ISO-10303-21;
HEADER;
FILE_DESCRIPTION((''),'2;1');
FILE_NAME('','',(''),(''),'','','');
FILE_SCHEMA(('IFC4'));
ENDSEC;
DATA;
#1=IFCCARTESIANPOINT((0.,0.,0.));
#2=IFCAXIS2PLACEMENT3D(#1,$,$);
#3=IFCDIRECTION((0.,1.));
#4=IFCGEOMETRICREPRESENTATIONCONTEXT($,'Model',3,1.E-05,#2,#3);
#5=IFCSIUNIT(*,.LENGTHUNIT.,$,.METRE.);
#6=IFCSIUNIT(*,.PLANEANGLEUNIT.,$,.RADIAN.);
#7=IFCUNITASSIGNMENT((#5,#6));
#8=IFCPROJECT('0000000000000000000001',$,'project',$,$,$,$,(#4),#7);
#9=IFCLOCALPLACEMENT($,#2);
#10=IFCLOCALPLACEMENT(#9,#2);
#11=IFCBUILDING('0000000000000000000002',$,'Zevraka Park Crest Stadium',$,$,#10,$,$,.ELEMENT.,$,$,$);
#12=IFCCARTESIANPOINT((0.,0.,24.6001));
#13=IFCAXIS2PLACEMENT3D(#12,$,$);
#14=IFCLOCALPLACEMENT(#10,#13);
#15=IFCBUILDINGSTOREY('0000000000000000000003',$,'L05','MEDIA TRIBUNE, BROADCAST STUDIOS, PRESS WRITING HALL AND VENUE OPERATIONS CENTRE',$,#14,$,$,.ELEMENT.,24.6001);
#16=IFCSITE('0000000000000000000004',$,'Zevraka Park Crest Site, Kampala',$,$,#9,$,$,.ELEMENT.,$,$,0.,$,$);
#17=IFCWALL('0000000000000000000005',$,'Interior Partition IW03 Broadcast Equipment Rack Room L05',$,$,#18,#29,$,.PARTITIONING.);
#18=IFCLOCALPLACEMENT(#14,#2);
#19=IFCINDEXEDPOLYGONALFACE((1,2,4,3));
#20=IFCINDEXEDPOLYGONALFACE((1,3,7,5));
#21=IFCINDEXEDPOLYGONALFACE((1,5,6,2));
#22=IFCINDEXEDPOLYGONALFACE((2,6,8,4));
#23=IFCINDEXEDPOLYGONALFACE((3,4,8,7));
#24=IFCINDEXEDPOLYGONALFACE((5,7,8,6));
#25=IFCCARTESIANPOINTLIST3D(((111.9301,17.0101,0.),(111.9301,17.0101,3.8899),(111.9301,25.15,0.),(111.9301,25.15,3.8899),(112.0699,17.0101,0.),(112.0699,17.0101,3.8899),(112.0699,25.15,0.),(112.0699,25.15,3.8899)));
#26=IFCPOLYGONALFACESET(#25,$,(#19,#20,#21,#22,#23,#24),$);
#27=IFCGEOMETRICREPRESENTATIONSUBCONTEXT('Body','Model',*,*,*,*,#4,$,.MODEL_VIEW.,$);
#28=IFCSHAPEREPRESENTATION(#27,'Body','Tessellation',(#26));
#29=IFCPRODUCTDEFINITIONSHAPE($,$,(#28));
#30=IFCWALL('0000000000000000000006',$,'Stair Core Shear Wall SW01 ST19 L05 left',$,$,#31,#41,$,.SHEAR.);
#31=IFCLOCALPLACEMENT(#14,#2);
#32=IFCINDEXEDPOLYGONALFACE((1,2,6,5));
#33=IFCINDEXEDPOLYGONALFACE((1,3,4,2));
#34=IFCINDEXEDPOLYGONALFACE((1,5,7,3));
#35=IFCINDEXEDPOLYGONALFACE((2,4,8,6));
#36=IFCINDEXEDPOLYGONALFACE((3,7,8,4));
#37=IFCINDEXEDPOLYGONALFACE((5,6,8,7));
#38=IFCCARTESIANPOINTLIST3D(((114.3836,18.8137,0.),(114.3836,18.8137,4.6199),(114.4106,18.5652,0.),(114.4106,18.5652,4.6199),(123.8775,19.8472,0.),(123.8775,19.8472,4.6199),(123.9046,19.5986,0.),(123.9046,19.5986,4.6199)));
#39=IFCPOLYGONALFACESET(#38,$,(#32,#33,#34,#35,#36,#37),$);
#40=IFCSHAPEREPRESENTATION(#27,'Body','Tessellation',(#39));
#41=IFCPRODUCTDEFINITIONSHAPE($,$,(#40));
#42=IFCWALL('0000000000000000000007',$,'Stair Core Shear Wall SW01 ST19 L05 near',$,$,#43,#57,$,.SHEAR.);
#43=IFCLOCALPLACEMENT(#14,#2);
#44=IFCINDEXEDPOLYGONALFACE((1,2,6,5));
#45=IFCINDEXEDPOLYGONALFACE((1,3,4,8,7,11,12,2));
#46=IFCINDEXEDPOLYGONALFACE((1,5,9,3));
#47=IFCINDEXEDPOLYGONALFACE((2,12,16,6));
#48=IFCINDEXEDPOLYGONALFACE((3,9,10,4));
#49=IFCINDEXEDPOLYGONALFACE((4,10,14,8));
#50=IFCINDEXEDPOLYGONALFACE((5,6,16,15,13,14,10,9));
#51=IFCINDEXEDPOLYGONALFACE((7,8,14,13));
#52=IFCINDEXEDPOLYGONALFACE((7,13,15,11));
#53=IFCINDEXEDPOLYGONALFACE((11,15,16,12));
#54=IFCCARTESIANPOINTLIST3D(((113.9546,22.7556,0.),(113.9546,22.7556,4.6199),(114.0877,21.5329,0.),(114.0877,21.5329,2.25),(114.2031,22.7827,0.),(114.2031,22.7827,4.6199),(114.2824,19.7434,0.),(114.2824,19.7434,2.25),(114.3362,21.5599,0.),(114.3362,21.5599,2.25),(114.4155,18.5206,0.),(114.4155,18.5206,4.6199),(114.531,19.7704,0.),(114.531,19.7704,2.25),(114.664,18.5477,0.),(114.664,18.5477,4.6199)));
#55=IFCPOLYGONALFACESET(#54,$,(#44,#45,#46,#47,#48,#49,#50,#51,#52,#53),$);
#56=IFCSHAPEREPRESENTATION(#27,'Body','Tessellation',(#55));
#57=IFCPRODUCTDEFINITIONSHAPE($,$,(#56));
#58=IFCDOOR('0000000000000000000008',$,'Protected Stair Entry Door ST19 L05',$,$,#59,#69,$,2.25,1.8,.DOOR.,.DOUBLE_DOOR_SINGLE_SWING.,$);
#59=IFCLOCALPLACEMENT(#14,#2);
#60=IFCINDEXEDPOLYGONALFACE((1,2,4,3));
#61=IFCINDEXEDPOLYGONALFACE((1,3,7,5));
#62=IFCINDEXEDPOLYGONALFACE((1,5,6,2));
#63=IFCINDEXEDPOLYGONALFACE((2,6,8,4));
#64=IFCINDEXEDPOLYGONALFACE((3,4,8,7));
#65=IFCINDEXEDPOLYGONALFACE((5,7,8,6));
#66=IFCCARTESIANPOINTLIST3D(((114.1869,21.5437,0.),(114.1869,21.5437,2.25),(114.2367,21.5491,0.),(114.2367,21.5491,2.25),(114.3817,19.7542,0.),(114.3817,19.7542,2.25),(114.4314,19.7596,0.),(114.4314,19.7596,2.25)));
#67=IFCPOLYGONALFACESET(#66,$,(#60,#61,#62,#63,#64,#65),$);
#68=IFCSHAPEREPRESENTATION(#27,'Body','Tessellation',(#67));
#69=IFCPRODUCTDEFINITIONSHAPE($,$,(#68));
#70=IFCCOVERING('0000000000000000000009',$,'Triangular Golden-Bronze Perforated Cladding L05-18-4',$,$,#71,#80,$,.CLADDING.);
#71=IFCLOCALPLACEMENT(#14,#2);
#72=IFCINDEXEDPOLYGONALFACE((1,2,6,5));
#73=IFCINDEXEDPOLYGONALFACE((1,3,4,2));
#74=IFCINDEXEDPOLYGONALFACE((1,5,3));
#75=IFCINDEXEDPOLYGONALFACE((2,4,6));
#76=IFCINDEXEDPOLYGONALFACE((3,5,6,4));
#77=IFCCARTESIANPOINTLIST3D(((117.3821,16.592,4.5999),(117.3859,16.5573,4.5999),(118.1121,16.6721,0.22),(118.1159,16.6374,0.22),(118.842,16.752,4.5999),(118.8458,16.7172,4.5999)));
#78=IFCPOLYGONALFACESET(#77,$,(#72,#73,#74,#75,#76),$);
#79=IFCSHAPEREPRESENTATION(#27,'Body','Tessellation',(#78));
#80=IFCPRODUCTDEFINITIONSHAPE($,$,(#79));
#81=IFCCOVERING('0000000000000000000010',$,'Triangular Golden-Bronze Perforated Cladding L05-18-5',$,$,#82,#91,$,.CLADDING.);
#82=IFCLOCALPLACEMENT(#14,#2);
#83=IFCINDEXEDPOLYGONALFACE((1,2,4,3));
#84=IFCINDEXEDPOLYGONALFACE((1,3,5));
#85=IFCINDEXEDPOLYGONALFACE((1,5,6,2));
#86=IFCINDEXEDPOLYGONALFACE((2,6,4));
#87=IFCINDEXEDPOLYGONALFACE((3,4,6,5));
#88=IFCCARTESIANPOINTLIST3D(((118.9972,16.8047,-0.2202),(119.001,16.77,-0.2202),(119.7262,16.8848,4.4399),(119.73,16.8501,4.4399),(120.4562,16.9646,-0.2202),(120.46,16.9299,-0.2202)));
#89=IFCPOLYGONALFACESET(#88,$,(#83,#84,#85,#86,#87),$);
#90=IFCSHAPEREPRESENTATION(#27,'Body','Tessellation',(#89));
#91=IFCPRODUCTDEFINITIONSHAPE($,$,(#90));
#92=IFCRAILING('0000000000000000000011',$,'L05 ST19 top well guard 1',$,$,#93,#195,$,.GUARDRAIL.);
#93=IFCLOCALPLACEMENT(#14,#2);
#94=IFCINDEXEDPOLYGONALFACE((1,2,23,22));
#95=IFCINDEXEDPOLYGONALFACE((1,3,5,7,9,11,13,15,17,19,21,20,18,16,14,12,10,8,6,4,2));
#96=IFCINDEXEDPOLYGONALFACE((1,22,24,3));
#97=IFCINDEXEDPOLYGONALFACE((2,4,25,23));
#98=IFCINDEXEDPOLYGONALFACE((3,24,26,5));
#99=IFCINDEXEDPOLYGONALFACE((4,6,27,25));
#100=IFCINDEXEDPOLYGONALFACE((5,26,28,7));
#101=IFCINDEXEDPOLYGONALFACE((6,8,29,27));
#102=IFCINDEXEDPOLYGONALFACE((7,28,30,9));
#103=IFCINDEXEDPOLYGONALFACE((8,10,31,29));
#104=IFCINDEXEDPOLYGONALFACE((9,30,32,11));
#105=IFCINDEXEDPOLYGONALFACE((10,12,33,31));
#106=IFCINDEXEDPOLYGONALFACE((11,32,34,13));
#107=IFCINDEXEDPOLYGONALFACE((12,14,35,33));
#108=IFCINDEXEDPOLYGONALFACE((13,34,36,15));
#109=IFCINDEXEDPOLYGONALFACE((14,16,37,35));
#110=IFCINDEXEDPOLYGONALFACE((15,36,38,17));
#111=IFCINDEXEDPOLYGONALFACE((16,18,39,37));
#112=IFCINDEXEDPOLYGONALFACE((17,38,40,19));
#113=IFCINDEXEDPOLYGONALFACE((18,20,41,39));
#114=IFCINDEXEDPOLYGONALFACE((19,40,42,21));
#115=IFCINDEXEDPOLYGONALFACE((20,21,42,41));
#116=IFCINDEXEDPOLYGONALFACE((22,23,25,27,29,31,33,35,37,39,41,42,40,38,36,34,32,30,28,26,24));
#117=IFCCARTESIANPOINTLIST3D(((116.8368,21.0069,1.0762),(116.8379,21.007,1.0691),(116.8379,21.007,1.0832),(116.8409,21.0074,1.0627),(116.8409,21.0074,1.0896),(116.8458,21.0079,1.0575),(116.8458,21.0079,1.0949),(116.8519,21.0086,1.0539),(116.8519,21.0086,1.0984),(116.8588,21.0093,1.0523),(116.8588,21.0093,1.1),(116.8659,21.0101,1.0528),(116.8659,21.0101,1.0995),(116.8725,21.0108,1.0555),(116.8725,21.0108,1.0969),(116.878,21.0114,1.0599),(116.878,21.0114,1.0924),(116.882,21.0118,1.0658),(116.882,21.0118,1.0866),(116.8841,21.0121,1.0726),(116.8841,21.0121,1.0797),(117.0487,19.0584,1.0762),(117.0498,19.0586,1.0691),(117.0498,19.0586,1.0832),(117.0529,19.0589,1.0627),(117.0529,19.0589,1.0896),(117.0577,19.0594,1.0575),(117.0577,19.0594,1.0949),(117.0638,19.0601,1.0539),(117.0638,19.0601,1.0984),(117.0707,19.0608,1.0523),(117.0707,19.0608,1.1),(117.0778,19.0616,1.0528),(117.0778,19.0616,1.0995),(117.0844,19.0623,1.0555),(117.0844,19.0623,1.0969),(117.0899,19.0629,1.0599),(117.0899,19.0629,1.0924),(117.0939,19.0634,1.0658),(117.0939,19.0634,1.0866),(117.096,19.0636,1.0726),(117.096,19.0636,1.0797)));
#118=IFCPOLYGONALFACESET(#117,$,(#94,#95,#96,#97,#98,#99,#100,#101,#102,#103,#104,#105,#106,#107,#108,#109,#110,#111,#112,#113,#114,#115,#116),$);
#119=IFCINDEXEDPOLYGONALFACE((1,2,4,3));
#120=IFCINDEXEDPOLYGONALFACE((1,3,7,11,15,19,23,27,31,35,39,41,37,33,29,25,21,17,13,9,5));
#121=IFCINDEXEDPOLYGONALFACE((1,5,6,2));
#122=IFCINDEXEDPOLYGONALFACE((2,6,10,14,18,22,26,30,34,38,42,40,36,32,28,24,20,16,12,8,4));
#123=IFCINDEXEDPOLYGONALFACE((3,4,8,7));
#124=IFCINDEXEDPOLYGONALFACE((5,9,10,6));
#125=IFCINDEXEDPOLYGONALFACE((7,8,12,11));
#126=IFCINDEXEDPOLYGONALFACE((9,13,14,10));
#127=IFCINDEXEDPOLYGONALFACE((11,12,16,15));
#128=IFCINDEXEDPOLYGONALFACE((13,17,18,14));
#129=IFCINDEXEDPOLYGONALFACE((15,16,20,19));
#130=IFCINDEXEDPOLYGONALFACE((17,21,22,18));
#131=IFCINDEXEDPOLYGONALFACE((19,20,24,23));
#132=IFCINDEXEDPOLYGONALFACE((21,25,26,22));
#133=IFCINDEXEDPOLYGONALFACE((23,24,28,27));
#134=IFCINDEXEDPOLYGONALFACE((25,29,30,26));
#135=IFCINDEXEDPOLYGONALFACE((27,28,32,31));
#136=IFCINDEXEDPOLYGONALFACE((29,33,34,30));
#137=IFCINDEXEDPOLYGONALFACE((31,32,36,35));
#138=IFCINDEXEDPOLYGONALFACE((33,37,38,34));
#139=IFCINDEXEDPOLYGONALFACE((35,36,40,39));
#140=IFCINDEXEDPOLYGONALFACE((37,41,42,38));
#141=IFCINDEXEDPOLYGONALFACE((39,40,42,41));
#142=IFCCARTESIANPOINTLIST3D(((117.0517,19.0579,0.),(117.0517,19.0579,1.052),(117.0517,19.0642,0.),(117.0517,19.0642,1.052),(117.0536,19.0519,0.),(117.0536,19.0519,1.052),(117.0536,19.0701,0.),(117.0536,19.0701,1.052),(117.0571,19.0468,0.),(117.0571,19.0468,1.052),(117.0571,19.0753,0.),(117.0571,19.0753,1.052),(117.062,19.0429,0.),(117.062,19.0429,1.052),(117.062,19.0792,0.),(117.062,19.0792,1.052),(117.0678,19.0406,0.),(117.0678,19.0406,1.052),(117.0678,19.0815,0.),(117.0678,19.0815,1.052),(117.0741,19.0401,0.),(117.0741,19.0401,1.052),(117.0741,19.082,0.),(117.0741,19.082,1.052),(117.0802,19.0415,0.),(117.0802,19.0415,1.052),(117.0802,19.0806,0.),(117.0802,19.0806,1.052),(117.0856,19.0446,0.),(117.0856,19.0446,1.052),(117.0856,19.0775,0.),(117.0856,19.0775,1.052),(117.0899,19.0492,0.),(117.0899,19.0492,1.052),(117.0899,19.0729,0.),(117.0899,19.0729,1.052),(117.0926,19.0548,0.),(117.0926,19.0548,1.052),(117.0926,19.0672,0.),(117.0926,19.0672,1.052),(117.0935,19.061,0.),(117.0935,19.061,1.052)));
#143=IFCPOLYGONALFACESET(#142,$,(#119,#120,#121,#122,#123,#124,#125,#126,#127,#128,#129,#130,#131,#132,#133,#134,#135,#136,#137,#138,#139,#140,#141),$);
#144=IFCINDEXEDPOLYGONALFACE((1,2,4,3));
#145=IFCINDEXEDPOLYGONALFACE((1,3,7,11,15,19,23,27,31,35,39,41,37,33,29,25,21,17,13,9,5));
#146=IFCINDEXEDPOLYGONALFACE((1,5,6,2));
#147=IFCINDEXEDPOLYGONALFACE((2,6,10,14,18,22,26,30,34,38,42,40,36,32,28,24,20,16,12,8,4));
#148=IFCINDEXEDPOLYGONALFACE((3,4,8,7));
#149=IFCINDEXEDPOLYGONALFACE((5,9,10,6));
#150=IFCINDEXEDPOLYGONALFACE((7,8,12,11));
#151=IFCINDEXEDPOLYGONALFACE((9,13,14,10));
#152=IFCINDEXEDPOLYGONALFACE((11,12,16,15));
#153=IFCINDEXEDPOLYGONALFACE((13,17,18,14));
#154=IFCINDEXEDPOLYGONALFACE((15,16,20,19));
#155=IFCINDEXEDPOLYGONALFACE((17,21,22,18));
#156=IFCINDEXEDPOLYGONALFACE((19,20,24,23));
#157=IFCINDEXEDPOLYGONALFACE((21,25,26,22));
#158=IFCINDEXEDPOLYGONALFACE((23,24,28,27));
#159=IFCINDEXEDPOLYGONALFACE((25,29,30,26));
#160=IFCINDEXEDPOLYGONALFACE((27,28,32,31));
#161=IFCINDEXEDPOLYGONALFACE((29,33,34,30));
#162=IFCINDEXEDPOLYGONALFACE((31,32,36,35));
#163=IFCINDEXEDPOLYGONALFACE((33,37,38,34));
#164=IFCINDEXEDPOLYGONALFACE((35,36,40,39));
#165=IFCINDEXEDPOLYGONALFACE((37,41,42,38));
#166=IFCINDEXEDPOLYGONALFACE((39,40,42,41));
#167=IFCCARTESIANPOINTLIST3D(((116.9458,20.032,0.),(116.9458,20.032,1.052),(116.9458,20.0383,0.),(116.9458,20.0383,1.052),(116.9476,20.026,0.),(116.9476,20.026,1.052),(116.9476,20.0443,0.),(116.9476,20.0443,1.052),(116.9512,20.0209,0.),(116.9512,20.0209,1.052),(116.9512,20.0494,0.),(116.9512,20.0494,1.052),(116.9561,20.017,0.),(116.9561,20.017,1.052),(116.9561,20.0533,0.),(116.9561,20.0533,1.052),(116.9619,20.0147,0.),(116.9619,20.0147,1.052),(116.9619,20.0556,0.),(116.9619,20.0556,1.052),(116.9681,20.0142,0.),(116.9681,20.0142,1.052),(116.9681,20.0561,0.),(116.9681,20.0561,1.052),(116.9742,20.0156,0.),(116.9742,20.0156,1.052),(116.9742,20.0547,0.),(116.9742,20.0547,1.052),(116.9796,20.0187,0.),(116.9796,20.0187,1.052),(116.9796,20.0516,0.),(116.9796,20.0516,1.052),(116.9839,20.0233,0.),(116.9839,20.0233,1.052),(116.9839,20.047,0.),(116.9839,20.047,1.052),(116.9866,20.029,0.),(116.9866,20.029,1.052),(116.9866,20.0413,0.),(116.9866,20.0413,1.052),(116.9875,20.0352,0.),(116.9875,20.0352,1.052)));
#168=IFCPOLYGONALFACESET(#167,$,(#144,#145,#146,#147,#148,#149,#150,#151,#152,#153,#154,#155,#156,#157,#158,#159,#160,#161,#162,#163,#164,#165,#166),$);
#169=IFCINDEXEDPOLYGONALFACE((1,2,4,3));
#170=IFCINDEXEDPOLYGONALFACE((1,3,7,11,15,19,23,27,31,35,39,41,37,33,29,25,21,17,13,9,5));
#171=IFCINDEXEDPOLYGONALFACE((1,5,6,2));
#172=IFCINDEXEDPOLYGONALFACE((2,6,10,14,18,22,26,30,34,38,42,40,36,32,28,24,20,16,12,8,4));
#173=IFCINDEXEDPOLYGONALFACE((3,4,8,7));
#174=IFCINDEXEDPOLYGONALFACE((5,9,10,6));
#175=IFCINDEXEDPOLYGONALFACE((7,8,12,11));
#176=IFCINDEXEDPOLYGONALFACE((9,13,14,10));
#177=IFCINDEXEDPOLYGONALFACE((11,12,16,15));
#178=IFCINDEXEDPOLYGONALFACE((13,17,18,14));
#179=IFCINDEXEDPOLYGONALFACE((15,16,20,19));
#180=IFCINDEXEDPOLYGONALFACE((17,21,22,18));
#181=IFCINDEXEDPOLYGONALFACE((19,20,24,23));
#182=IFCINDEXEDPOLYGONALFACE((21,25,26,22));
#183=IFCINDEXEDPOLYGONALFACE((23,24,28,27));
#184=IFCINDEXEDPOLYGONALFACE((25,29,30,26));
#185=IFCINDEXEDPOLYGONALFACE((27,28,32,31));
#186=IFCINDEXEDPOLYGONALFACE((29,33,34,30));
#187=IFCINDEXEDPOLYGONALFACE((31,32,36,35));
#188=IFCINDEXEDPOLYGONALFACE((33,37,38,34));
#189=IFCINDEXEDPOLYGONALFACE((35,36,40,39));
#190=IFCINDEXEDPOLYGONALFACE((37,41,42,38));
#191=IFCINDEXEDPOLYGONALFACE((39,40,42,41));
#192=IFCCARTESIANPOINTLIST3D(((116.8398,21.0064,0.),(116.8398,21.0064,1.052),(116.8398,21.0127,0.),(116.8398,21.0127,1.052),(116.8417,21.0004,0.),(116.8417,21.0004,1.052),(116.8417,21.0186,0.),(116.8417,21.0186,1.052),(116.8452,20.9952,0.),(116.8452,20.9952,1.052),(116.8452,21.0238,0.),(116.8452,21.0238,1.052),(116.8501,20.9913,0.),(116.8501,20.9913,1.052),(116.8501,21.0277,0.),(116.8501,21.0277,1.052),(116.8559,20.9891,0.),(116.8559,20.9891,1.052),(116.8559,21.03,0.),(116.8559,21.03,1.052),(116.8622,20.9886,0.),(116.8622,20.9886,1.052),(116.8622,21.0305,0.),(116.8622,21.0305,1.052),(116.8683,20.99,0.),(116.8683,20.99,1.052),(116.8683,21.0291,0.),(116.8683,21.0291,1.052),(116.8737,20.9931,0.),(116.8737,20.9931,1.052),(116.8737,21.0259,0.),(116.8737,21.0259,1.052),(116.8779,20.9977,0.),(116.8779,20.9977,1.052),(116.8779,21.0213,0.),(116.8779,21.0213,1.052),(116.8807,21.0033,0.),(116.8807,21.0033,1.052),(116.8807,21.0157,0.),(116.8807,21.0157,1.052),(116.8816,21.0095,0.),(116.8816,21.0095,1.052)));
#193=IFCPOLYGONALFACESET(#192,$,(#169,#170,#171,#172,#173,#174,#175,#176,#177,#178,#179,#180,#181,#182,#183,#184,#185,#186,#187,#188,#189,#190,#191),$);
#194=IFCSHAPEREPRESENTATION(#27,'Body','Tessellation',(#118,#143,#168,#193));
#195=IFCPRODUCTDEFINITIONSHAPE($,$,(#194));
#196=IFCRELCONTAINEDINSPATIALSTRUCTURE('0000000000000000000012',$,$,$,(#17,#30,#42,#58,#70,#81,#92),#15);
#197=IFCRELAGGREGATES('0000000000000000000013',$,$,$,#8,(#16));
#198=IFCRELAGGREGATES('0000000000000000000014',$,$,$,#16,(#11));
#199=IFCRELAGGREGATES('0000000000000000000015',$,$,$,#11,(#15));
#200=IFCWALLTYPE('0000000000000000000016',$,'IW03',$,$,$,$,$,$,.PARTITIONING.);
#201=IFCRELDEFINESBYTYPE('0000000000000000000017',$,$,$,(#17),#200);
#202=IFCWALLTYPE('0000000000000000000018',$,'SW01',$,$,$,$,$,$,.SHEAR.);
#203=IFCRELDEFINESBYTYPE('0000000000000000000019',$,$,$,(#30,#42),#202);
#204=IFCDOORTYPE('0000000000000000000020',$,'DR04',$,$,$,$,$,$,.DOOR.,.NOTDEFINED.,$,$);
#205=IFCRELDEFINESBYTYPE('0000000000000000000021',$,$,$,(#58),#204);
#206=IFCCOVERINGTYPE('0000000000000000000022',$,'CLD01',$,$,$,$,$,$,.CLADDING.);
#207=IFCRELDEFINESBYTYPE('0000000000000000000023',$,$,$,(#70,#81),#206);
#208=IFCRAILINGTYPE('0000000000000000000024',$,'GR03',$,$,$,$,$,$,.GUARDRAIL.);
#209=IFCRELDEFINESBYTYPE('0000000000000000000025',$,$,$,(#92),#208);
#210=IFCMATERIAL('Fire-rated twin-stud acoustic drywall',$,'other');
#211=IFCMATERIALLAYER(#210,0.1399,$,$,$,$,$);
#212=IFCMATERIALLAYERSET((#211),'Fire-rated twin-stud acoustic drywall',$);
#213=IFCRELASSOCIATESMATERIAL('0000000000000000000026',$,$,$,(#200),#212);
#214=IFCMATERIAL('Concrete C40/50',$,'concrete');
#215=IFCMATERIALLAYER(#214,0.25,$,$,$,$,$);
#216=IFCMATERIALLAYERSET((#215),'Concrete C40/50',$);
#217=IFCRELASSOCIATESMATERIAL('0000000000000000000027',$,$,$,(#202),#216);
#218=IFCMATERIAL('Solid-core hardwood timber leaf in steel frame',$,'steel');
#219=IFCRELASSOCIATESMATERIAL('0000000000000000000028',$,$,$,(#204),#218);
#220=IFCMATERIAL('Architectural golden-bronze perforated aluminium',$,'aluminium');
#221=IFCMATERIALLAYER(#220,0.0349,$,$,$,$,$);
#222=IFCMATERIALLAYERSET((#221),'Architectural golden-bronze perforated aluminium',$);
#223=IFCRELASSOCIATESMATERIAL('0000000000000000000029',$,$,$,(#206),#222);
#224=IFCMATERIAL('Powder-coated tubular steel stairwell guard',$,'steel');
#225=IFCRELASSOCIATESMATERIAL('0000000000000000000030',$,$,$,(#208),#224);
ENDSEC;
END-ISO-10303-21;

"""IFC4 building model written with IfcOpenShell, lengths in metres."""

from ifc_helpers import new_model, si_unit, direction, frame, frame_2d, origin, origin_2d, place, context, subcontext, project, spatial, polyline, rectangle, circle, outline, extrude, material, layer, layer_set, type_object, element, fill, save


model = new_model("IFC4")

# Units and contexts
model_context = context("Model", 3, precision=1e-05, world=origin(), true_north=direction((0.0, 1.0)))
body_context = subcontext(model_context, "Body", "Model", "MODEL_VIEW")
ifc_project = project(units=[si_unit("LENGTHUNIT", "METRE"), si_unit("PLANEANGLEUNIT", "RADIAN")], contexts=[model_context])

# Site, building, storey
site_placement = place(None, origin())
site = spatial("IfcSite", under=ifc_project, at=site_placement, Name="Zevraka Park Crest Site, Kampala", CompositionType="ELEMENT", RefElevation=0.0)
building_placement = place(site_placement, origin())
building = spatial("IfcBuilding", under=site, at=building_placement, Name="Zevraka Park Crest Stadium", CompositionType="ELEMENT")
storey_placement = place(building_placement, frame((0.0, 0.0, 24.6001)))
storey = spatial("IfcBuildingStorey", under=building, at=storey_placement, Name="L05", Description="MEDIA TRIBUNE, BROADCAST STUDIOS, PRESS WRITING HALL AND VENUE OPERATIONS CENTRE", CompositionType="ELEMENT", Elevation=24.6001)

# Walls
ifc_material_1 = material(Name="Fire-rated twin-stud acoustic drywall", Category="other")
ifc_layer_1 = layer(ifc_material_1, 0.1399)
ifc_layer_set_1 = layer_set([ifc_layer_1], Name="Fire-rated twin-stud acoustic drywall")
wall_type_1 = type_object("IfcWallType", Name="IW03", PredefinedType="PARTITIONING", material=ifc_layer_set_1)
wall_1_placement = place(storey_placement, frame((112.0, 25.1499, 0.0), z_axis=(0.0, 0.0, 1.0), x_axis=(0.0, -1.0, 0.0)))
element("IfcWall", 1, at=wall_1_placement, inside=storey, type_object=wall_type_1, Name="Interior Partition IW03 Broadcast Equipment Rack Room L05", PredefinedType="PARTITIONING", context=body_context, shape_type="SweptSolid", body=[
    extrude(rectangle(XDim=8.1399, YDim=0.1399, at=frame_2d((4.0698, 0.0))), origin(), (0.0, 0.0, 1.0), 3.8899),
])
ifc_material_2 = material(Name="Concrete C40/50", Category="concrete")
ifc_layer_2 = layer(ifc_material_2, 0.25)
ifc_layer_set_2 = layer_set([ifc_layer_2], Name="Concrete C40/50")
wall_type_2 = type_object("IfcWallType", Name="SW01", PredefinedType="SHEAR", material=ifc_layer_set_2)
wall_2_placement = place(storey_placement, frame((114.3972, 18.6895, 0.0), z_axis=(0.0, 0.0, 1.0), x_axis=(0.994128, 0.108215, 0.0)))
element("IfcWall", 2, at=wall_2_placement, inside=storey, type_object=wall_type_2, Name="Stair Core Shear Wall SW01 ST19 L05 left", PredefinedType="SHEAR", context=body_context, shape_type="SweptSolid", body=[
    extrude(rectangle(XDim=9.55, YDim=0.25, at=frame_2d((4.7749, 0.0))), origin(), (0.0, 0.0, 1.0), 4.6199),
])

# Wall, opening, door
wall_3_placement = place(storey_placement, frame((114.0789, 22.769, 0.0), z_axis=(0.0, 0.0, 1.0), x_axis=(0.108198, -0.994129, 0.0)))
wall_3 = element("IfcWall", 3, at=wall_3_placement, inside=storey, type_object=wall_type_2, Name="Stair Core Shear Wall SW01 ST19 L05 near", PredefinedType="SHEAR", context=body_context, shape_type="SweptSolid", body=[
    extrude(rectangle(XDim=4.26, YDim=0.25, at=frame_2d((2.1299, 0.0))), origin(), (0.0, 0.0, 1.0), 4.6199),
])
opening_placement = place(wall_3_placement, frame((1.23, 0.0, 0.0)))
opening = element("IfcOpeningElement", 4, at=opening_placement, cuts=wall_3, PredefinedType="OPENING", context=body_context, shape_type="SweptSolid", body=[
    extrude(rectangle(XDim=1.8, YDim=2.25, at=frame_2d((0.8999, 1.125))), frame((0.0, 0.135, 0.0), z_axis=(0.0, -1.0, 0.0), x_axis=(1.0, 0.0, 0.0)), (0.0, 0.0, 1.0), 0.27),
])
ifc_material_3 = material(Name="Solid-core hardwood timber leaf in steel frame", Category="steel")
door_type = type_object("IfcDoorType", Name="DR04", OperationType="NOTDEFINED", PredefinedType="DOOR", material=ifc_material_3)
door_placement = place(opening_placement, origin())
door = element("IfcDoor", 5, at=door_placement, inside=storey, type_object=door_type, Name="Protected Stair Entry Door ST19 L05", OperationType="DOUBLE_DOOR_SINGLE_SWING", OverallHeight=2.25, OverallWidth=1.8, PredefinedType="DOOR", context=body_context, shape_type="SweptSolid", body=[
    extrude(rectangle(XDim=1.8, YDim=2.25, at=frame_2d((0.8999, 1.125))), frame((0.0, 0.0249, 0.0), z_axis=(0.0, -1.0, 0.0), x_axis=(1.0, 0.0, 0.0)), (0.0, 0.0, 1.0), 0.05),
])
fill(opening, door)

# Coverings
ifc_material_4 = material(Name="Architectural golden-bronze perforated aluminium", Category="aluminium")
ifc_layer_3 = layer(ifc_material_4, 0.0349)
ifc_layer_set_3 = layer_set([ifc_layer_3], Name="Architectural golden-bronze perforated aluminium")
covering_type = type_object("IfcCoveringType", Name="CLD01", PredefinedType="CLADDING", material=ifc_layer_set_3)
covering_1_placement = place(storey_placement, frame((118.842, 16.752, 4.5999), z_axis=(-0.108881, 0.994055, 0.000028), x_axis=(-0.994055, -0.108881, 0.0)))
element("IfcCovering", 6, at=covering_1_placement, inside=storey, type_object=covering_type, Name="Triangular Golden-Bronze Perforated Cladding L05-18-4", PredefinedType="CLADDING", context=body_context, shape_type="SweptSolid", body=[
    extrude(outline(polyline([(0.0, 0.0), (1.4687, 0.0), (0.7343, -4.3799), (0.0, 0.0)])), origin(), (0.0, 0.0, -1.0), 0.0349),
])
covering_2_placement = place(storey_placement, frame((119.001, 16.77, -0.2202), z_axis=(0.108953, -0.994047, 0.000037), x_axis=(0.994047, 0.108953, 0.0)))
element("IfcCovering", 7, at=covering_2_placement, inside=storey, type_object=covering_type, Name="Triangular Golden-Bronze Perforated Cladding L05-18-5", PredefinedType="CLADDING", context=body_context, shape_type="SweptSolid", body=[
    extrude(outline(polyline([(0.0, 0.0), (1.4677, 0.0), (0.7334, 4.6602), (0.0, 0.0)])), origin(), (0.0, 0.0, -1.0), 0.0349),
])

# Railing
ifc_material_5 = material(Name="Powder-coated tubular steel stairwell guard", Category="steel")
railing_type_1 = type_object("IfcRailingType", Name="GR03", PredefinedType="GUARDRAIL", material=ifc_material_5)
railing_1_placement = place(storey_placement, frame((117.0725, 19.061, 0.0)))
element("IfcRailing", 8, at=railing_1_placement, inside=storey, type_object=railing_type_1, Name="L05 ST19 top well guard 1", PredefinedType="GUARDRAIL", context=body_context, shape_type="SweptSolid", body=[
    extrude(circle(Radius=0.0239, at=origin_2d()), frame((0.0, 0.0, 1.0762), z_axis=(-0.108121, 0.994138, 0.0), x_axis=(-0.994138, -0.108121, 0.0)), (0.0, 0.0, 1.0), 1.96),
    extrude(circle(Radius=0.021, at=origin_2d()), origin(), (0.0, 0.0, 1.0), 1.052),
    extrude(circle(Radius=0.021, at=origin_2d()), frame((-0.106, 0.9741, 0.0)), (0.0, 0.0, 1.0), 1.052),
    extrude(circle(Radius=0.021, at=origin_2d()), frame((-0.2119, 1.9485, 0.0)), (0.0, 0.0, 1.0), 1.052),
])

save(model, "model.ifc")
